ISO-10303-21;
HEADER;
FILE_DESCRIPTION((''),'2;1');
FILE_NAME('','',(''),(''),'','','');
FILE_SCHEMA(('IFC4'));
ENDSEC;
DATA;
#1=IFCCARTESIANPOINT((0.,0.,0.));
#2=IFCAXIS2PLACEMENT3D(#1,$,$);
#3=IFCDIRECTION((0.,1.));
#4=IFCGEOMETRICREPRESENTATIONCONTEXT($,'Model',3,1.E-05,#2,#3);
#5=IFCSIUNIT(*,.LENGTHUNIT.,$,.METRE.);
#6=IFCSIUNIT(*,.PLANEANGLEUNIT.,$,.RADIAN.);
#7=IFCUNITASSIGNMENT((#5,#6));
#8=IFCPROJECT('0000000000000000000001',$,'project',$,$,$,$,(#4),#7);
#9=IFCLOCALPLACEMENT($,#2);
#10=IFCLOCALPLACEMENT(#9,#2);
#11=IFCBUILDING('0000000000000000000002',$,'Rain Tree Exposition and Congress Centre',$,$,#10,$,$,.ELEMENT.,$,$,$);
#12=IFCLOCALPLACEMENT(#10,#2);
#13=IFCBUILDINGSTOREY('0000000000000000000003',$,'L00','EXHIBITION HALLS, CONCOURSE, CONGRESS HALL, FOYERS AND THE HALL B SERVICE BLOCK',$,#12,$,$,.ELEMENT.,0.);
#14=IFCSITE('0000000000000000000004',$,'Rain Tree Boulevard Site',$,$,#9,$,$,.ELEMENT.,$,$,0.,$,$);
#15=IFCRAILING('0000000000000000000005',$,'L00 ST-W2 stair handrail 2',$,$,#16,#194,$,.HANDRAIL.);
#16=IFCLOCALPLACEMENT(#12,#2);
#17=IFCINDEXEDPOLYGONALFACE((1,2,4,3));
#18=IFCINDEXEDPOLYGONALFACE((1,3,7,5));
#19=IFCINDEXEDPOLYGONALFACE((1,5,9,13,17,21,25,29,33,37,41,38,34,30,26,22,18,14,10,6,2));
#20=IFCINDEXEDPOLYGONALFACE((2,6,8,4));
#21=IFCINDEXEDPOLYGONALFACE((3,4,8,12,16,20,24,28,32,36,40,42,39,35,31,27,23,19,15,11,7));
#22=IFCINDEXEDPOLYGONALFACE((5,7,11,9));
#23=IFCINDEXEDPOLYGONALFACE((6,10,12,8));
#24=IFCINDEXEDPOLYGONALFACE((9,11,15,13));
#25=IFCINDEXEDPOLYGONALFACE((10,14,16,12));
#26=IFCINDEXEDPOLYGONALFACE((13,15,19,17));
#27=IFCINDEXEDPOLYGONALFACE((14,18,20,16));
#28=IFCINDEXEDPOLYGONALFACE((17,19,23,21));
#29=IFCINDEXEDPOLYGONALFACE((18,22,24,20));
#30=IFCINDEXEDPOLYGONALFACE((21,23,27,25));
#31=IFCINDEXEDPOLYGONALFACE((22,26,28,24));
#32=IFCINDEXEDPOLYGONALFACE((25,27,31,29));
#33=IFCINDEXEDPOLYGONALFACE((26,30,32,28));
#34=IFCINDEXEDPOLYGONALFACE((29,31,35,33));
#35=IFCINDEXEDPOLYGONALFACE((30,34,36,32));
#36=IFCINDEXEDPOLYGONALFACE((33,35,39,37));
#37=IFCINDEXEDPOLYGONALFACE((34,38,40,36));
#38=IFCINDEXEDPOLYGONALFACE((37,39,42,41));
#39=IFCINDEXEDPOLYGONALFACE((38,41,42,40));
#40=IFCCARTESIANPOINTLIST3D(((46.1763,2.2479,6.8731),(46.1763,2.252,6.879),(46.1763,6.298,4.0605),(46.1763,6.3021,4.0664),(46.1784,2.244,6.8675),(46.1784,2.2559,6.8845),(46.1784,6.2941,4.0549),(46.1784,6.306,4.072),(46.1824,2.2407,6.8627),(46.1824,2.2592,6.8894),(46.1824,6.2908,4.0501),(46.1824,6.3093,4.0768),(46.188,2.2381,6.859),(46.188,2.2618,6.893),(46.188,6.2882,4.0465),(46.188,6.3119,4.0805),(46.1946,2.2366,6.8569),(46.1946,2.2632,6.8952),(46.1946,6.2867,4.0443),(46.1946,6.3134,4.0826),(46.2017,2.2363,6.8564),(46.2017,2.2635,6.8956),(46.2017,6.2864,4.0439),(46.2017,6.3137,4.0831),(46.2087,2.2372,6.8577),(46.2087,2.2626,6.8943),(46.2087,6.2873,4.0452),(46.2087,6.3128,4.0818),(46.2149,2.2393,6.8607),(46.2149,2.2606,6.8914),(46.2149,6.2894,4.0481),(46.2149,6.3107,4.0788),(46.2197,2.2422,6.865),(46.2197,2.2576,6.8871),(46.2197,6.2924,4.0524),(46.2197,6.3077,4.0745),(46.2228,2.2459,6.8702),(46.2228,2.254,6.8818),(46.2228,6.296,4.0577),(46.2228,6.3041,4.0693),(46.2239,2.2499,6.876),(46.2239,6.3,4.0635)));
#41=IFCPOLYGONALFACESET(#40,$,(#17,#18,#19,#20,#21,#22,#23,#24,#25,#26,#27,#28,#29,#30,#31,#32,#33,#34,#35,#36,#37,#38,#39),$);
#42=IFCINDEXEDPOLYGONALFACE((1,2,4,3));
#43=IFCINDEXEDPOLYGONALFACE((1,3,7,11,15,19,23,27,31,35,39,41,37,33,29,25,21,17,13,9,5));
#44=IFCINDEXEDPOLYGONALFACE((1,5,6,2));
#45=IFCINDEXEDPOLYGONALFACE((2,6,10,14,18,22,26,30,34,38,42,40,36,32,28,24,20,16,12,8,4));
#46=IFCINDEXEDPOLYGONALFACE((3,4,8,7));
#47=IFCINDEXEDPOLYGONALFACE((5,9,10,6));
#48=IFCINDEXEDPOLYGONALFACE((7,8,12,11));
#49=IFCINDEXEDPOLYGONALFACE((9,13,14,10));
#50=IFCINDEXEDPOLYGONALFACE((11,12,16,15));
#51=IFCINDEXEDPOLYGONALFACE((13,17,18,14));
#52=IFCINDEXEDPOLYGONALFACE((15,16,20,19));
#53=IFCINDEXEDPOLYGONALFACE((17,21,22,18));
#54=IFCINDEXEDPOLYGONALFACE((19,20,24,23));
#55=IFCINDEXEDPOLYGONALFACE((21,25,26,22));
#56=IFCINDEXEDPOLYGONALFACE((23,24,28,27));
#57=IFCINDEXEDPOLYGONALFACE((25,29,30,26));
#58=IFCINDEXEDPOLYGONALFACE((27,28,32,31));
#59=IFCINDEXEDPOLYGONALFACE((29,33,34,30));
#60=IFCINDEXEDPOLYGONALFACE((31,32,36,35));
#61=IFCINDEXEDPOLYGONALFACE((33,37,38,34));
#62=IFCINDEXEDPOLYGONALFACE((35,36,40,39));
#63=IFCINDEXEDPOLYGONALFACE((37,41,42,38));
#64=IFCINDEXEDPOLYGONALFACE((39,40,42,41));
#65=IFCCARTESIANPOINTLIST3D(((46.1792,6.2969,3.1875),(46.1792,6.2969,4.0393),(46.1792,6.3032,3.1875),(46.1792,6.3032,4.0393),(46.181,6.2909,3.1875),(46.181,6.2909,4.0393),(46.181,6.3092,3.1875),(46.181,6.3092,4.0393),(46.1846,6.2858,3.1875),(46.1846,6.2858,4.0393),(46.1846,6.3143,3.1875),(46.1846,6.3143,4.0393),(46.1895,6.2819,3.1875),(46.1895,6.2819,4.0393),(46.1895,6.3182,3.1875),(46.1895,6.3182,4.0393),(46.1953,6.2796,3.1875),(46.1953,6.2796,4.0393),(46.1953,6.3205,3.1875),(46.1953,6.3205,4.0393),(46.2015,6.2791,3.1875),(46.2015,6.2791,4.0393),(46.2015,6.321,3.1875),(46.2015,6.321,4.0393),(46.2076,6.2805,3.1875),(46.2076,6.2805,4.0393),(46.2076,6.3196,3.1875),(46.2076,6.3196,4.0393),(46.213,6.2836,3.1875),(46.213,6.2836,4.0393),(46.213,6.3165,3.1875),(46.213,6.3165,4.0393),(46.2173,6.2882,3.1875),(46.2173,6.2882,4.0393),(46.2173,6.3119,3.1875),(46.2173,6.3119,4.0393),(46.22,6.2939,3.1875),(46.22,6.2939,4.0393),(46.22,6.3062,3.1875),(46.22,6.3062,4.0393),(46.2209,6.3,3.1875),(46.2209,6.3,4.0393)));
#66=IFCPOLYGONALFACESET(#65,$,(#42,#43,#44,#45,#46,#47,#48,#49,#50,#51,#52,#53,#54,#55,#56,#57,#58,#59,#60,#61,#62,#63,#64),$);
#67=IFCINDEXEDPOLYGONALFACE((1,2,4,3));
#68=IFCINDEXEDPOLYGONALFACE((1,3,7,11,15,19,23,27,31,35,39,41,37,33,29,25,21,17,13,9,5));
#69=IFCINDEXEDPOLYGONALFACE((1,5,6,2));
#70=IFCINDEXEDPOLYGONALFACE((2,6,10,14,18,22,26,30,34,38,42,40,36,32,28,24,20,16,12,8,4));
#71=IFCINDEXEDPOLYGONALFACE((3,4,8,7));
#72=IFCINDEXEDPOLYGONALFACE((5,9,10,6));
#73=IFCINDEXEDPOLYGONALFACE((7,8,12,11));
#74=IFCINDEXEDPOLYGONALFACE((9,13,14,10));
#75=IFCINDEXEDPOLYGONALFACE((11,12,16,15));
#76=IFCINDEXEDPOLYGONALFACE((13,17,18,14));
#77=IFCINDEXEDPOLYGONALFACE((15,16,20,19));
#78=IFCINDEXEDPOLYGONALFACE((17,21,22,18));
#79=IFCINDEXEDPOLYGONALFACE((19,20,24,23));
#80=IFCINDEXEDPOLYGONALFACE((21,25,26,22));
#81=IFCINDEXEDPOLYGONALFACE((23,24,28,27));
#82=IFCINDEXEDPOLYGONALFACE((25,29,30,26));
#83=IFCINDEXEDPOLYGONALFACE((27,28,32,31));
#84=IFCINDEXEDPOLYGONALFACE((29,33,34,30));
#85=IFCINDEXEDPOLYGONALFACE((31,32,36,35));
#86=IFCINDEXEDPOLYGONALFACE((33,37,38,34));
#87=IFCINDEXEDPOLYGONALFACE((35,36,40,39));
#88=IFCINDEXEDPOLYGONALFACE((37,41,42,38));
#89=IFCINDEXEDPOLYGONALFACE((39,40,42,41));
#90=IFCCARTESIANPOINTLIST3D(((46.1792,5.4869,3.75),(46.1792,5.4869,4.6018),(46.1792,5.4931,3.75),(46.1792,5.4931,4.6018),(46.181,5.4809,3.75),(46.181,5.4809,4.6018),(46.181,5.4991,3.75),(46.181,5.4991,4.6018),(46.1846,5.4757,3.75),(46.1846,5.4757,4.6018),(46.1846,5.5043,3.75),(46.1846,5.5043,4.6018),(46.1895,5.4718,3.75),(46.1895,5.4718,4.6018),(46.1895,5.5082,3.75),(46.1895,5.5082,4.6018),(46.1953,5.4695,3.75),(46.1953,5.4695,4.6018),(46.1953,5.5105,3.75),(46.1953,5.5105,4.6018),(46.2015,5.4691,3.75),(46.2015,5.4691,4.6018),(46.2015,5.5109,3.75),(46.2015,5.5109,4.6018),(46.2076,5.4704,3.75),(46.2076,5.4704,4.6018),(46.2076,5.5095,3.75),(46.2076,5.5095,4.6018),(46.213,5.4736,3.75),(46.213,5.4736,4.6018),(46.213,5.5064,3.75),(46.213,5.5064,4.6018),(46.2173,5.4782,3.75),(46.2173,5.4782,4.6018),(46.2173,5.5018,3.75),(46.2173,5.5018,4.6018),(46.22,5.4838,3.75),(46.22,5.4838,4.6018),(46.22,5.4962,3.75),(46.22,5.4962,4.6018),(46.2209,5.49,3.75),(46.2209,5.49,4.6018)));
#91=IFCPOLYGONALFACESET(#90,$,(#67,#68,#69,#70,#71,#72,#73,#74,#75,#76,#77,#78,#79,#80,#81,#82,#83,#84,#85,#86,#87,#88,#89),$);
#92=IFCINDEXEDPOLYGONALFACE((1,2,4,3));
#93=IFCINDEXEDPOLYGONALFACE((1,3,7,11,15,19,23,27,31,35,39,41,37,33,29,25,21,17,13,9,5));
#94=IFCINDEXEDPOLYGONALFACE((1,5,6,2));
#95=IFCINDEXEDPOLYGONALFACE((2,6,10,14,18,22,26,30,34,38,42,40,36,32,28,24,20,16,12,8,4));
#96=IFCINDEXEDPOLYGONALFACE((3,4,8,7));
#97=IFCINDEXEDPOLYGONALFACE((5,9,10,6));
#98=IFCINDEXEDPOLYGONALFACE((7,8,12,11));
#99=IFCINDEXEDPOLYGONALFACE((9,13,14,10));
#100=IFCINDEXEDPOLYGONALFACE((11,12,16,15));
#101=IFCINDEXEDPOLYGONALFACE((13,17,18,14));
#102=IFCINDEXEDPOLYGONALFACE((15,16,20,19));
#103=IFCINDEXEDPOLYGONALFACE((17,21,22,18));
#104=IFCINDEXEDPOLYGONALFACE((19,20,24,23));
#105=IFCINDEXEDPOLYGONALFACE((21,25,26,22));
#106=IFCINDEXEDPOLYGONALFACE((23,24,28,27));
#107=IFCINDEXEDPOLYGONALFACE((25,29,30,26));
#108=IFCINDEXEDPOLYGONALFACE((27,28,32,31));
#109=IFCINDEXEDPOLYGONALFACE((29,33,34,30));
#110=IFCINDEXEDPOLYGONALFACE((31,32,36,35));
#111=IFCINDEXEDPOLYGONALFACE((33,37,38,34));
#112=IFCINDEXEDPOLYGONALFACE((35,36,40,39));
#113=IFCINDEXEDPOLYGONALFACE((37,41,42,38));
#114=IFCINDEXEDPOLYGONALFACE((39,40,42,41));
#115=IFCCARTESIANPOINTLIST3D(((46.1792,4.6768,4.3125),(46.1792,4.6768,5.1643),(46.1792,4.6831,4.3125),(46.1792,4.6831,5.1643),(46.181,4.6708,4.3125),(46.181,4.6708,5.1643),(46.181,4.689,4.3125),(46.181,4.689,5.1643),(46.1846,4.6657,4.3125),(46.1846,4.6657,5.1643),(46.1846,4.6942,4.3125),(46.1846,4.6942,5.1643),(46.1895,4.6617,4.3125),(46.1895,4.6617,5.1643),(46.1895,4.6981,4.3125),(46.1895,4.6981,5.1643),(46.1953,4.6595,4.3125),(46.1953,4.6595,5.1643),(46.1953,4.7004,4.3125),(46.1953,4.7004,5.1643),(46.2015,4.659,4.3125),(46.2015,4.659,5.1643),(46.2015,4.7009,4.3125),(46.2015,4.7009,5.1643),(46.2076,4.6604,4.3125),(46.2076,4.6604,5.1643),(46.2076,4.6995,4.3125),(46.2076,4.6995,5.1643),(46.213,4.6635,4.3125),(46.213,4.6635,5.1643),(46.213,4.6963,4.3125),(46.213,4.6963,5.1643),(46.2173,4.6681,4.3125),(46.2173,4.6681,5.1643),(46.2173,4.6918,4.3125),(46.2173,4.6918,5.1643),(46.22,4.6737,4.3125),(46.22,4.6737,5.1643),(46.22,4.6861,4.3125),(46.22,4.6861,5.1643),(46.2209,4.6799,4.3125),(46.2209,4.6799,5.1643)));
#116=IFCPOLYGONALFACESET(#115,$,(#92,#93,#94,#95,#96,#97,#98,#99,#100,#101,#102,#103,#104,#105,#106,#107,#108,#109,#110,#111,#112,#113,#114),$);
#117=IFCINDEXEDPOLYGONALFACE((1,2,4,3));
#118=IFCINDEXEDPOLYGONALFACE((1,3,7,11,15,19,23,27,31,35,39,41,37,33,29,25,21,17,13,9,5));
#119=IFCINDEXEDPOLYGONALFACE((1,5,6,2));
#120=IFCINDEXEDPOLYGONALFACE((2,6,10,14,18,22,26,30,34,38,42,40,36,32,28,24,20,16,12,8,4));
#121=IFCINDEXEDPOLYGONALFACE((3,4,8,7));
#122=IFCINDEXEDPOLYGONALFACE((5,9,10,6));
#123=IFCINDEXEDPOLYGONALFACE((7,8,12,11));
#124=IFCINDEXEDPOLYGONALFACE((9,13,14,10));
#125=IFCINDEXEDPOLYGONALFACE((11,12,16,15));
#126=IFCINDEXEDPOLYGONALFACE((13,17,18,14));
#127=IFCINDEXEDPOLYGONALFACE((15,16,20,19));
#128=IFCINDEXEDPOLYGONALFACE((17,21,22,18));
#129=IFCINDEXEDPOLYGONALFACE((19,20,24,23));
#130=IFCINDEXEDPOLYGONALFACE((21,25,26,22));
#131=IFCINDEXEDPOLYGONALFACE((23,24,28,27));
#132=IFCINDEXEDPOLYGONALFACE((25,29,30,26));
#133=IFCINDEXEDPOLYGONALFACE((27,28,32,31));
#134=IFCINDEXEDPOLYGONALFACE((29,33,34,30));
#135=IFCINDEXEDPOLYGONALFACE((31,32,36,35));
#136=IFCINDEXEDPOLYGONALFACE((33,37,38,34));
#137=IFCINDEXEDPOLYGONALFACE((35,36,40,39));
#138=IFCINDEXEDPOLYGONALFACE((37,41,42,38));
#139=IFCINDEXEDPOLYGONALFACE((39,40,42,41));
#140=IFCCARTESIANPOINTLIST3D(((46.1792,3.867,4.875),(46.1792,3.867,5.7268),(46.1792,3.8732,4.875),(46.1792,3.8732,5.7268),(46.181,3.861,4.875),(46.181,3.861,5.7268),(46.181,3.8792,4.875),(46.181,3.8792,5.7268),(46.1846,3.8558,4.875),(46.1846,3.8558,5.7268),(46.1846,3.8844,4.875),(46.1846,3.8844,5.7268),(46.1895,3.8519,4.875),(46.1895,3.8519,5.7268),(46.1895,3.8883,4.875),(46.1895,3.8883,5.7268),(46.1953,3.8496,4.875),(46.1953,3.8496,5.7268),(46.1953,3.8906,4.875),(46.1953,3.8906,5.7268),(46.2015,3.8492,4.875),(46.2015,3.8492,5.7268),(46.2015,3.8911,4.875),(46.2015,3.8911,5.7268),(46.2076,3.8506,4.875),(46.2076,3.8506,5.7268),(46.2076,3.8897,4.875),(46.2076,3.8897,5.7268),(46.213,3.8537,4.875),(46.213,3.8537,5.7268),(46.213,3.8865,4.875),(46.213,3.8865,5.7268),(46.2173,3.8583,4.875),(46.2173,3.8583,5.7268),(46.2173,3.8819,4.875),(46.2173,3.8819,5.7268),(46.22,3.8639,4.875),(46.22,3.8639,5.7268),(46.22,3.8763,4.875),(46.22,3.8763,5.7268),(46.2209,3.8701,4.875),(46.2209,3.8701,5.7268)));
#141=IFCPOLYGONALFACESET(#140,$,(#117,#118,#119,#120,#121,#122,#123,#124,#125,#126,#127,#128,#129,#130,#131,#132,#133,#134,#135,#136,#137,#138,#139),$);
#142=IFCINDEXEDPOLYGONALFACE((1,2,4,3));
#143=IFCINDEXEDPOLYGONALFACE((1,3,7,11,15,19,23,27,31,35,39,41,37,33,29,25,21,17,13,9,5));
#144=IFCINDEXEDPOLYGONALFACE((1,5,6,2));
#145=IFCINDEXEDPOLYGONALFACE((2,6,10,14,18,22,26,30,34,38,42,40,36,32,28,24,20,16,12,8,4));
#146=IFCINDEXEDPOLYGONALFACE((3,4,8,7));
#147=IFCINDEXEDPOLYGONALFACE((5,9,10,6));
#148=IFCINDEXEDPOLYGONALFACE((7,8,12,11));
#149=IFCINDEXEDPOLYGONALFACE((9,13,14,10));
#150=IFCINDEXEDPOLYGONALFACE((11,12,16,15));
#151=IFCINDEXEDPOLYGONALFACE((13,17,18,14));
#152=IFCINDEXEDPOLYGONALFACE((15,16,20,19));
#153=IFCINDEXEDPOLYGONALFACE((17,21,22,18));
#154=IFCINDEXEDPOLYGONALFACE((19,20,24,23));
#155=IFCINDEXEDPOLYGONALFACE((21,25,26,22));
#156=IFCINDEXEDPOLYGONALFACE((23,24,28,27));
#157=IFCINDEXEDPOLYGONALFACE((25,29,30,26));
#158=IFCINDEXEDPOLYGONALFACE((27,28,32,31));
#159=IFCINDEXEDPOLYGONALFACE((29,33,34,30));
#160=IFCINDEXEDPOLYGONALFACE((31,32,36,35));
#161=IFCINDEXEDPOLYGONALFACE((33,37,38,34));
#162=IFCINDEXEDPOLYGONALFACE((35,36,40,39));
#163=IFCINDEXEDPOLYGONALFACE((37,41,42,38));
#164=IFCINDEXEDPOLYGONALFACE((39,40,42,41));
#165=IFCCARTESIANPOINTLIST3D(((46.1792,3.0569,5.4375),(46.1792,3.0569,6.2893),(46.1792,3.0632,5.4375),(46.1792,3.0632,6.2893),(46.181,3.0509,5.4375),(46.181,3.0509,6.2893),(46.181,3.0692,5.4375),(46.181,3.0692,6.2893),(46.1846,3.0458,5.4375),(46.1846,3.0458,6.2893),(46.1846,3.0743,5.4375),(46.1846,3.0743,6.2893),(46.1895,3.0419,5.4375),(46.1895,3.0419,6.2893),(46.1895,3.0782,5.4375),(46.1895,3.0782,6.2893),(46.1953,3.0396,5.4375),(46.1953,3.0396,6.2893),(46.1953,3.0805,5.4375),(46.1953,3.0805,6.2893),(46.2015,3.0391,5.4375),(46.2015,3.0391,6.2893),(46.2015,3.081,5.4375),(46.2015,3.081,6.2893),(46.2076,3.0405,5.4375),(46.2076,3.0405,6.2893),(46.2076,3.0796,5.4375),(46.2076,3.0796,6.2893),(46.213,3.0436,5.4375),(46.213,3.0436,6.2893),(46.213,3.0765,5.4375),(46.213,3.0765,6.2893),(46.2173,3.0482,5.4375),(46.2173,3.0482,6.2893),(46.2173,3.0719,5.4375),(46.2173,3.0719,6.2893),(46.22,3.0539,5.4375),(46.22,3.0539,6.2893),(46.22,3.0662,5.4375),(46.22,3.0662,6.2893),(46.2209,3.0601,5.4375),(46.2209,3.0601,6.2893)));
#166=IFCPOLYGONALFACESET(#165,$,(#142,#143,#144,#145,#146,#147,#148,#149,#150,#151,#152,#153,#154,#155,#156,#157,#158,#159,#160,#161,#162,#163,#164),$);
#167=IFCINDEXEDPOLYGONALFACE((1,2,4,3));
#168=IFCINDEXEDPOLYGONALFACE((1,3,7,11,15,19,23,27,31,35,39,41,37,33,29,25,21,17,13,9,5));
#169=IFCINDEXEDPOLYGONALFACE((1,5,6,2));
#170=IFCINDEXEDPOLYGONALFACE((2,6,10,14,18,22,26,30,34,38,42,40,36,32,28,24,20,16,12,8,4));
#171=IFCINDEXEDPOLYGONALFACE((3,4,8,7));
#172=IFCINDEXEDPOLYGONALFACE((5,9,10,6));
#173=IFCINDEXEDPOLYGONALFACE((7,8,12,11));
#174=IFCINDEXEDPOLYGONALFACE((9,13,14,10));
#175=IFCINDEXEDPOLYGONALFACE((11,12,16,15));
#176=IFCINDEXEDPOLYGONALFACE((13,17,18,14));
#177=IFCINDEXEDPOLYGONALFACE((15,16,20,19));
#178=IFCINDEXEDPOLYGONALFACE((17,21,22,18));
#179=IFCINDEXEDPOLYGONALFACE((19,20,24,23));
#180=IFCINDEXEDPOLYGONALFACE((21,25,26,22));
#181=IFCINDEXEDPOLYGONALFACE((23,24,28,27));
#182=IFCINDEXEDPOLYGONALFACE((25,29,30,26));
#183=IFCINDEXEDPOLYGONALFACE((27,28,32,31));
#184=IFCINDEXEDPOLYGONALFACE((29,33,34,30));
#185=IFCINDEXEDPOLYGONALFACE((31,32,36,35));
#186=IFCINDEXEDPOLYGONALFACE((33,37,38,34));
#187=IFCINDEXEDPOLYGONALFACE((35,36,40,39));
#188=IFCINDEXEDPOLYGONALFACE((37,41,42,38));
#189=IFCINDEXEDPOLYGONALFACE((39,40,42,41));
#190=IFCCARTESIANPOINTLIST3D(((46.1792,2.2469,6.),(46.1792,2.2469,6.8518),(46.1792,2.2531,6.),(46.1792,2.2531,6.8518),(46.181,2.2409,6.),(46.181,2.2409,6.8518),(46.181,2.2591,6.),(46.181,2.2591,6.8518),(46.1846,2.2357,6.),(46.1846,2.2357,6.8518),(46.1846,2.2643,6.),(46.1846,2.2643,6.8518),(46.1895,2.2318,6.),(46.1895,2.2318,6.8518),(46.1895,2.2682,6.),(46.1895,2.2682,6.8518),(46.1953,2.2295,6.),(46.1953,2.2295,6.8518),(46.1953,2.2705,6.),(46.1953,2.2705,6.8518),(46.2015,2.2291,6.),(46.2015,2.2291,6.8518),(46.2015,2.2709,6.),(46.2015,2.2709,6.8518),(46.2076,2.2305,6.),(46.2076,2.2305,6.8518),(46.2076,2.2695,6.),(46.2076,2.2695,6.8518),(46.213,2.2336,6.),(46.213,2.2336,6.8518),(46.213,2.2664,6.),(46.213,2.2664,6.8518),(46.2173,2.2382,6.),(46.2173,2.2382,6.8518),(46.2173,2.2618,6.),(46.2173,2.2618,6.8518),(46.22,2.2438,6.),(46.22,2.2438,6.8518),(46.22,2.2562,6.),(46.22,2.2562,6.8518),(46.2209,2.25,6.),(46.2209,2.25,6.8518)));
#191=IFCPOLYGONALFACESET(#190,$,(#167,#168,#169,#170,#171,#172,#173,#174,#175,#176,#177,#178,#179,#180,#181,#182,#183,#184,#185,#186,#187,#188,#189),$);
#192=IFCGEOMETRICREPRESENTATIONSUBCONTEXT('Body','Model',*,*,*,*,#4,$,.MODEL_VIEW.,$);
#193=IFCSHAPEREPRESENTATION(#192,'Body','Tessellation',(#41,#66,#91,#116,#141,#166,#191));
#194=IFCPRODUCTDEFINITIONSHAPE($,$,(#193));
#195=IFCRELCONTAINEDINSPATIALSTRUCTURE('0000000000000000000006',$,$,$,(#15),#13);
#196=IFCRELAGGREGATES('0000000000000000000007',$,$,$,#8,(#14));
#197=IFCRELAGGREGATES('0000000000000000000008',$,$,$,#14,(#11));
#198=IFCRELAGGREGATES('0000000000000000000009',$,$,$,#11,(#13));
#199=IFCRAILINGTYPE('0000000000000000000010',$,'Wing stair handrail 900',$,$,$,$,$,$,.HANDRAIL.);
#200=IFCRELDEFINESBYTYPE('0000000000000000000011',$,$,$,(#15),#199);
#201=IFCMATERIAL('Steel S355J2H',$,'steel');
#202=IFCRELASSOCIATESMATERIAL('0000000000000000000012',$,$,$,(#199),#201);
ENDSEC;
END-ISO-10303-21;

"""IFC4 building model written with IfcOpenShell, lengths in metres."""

from ifc_helpers import new_model, si_unit, direction, frame, origin, origin_2d, place, context, subcontext, project, spatial, circle, extrude, material, type_object, element, save


model = new_model("IFC4")

# Units and contexts
model_context = context("Model", 3, precision=1e-05, world=origin(), true_north=direction((0.0, 1.0)))
body_context = subcontext(model_context, "Body", "Model", "MODEL_VIEW")
ifc_project = project(units=[si_unit("LENGTHUNIT", "METRE"), si_unit("PLANEANGLEUNIT", "RADIAN")], contexts=[model_context])

# Site, building, storey
site_placement = place(None, origin())
site = spatial("IfcSite", under=ifc_project, at=site_placement, Name="Rain Tree Boulevard Site", CompositionType="ELEMENT", RefElevation=0.0)
building_placement = place(site_placement, origin())
building = spatial("IfcBuilding", under=site, at=building_placement, Name="Rain Tree Exposition and Congress Centre", CompositionType="ELEMENT")
storey_placement = place(building_placement, origin())
storey = spatial("IfcBuildingStorey", under=building, at=storey_placement, Name="L00", Description="EXHIBITION HALLS, CONCOURSE, CONGRESS HALL, FOYERS AND THE HALL B SERVICE BLOCK", CompositionType="ELEMENT", Elevation=0.0)

# Railing
ifc_material_1 = material(Name="Steel S355J2H", Category="steel")
railing_type = type_object("IfcRailingType", Name="Wing stair handrail 900", PredefinedType="HANDRAIL", material=ifc_material_1)
railing_placement = place(storey_placement, frame((46.2, 6.3, 3.1875)))
element("IfcRailing", 1, at=railing_placement, inside=storey, type_object=railing_type, Name="L00 ST-W2 stair handrail 2", PredefinedType="HANDRAIL", context=body_context, shape_type="SweptSolid", body=[
    extrude(circle(Radius=0.0239, at=origin_2d()), frame((0.0, 0.0, 0.876), z_axis=(0.0, -0.821373, 0.570391), x_axis=(1.0, 0.0, 0.0)), (0.0, 0.0, 1.0), 4.9309),
    extrude(circle(Radius=0.021, at=origin_2d()), origin(), (0.0, 0.0, 1.0), 0.8518),
    extrude(circle(Radius=0.021, at=origin_2d()), frame((0.0, -0.8101, 0.5625)), (0.0, 0.0, 1.0), 0.8518),
    extrude(circle(Radius=0.021, at=origin_2d()), frame((0.0, -1.6201, 1.125)), (0.0, 0.0, 1.0), 0.8518),
    extrude(circle(Radius=0.021, at=origin_2d()), frame((0.0, -2.4299, 1.6875)), (0.0, 0.0, 1.0), 0.8518),
    extrude(circle(Radius=0.021, at=origin_2d()), frame((0.0, -3.24, 2.25)), (0.0, 0.0, 1.0), 0.8518),
    extrude(circle(Radius=0.021, at=origin_2d()), frame((0.0, -4.05, 2.8125)), (0.0, 0.0, 1.0), 0.8518),
])

save(model, "model.ifc")
